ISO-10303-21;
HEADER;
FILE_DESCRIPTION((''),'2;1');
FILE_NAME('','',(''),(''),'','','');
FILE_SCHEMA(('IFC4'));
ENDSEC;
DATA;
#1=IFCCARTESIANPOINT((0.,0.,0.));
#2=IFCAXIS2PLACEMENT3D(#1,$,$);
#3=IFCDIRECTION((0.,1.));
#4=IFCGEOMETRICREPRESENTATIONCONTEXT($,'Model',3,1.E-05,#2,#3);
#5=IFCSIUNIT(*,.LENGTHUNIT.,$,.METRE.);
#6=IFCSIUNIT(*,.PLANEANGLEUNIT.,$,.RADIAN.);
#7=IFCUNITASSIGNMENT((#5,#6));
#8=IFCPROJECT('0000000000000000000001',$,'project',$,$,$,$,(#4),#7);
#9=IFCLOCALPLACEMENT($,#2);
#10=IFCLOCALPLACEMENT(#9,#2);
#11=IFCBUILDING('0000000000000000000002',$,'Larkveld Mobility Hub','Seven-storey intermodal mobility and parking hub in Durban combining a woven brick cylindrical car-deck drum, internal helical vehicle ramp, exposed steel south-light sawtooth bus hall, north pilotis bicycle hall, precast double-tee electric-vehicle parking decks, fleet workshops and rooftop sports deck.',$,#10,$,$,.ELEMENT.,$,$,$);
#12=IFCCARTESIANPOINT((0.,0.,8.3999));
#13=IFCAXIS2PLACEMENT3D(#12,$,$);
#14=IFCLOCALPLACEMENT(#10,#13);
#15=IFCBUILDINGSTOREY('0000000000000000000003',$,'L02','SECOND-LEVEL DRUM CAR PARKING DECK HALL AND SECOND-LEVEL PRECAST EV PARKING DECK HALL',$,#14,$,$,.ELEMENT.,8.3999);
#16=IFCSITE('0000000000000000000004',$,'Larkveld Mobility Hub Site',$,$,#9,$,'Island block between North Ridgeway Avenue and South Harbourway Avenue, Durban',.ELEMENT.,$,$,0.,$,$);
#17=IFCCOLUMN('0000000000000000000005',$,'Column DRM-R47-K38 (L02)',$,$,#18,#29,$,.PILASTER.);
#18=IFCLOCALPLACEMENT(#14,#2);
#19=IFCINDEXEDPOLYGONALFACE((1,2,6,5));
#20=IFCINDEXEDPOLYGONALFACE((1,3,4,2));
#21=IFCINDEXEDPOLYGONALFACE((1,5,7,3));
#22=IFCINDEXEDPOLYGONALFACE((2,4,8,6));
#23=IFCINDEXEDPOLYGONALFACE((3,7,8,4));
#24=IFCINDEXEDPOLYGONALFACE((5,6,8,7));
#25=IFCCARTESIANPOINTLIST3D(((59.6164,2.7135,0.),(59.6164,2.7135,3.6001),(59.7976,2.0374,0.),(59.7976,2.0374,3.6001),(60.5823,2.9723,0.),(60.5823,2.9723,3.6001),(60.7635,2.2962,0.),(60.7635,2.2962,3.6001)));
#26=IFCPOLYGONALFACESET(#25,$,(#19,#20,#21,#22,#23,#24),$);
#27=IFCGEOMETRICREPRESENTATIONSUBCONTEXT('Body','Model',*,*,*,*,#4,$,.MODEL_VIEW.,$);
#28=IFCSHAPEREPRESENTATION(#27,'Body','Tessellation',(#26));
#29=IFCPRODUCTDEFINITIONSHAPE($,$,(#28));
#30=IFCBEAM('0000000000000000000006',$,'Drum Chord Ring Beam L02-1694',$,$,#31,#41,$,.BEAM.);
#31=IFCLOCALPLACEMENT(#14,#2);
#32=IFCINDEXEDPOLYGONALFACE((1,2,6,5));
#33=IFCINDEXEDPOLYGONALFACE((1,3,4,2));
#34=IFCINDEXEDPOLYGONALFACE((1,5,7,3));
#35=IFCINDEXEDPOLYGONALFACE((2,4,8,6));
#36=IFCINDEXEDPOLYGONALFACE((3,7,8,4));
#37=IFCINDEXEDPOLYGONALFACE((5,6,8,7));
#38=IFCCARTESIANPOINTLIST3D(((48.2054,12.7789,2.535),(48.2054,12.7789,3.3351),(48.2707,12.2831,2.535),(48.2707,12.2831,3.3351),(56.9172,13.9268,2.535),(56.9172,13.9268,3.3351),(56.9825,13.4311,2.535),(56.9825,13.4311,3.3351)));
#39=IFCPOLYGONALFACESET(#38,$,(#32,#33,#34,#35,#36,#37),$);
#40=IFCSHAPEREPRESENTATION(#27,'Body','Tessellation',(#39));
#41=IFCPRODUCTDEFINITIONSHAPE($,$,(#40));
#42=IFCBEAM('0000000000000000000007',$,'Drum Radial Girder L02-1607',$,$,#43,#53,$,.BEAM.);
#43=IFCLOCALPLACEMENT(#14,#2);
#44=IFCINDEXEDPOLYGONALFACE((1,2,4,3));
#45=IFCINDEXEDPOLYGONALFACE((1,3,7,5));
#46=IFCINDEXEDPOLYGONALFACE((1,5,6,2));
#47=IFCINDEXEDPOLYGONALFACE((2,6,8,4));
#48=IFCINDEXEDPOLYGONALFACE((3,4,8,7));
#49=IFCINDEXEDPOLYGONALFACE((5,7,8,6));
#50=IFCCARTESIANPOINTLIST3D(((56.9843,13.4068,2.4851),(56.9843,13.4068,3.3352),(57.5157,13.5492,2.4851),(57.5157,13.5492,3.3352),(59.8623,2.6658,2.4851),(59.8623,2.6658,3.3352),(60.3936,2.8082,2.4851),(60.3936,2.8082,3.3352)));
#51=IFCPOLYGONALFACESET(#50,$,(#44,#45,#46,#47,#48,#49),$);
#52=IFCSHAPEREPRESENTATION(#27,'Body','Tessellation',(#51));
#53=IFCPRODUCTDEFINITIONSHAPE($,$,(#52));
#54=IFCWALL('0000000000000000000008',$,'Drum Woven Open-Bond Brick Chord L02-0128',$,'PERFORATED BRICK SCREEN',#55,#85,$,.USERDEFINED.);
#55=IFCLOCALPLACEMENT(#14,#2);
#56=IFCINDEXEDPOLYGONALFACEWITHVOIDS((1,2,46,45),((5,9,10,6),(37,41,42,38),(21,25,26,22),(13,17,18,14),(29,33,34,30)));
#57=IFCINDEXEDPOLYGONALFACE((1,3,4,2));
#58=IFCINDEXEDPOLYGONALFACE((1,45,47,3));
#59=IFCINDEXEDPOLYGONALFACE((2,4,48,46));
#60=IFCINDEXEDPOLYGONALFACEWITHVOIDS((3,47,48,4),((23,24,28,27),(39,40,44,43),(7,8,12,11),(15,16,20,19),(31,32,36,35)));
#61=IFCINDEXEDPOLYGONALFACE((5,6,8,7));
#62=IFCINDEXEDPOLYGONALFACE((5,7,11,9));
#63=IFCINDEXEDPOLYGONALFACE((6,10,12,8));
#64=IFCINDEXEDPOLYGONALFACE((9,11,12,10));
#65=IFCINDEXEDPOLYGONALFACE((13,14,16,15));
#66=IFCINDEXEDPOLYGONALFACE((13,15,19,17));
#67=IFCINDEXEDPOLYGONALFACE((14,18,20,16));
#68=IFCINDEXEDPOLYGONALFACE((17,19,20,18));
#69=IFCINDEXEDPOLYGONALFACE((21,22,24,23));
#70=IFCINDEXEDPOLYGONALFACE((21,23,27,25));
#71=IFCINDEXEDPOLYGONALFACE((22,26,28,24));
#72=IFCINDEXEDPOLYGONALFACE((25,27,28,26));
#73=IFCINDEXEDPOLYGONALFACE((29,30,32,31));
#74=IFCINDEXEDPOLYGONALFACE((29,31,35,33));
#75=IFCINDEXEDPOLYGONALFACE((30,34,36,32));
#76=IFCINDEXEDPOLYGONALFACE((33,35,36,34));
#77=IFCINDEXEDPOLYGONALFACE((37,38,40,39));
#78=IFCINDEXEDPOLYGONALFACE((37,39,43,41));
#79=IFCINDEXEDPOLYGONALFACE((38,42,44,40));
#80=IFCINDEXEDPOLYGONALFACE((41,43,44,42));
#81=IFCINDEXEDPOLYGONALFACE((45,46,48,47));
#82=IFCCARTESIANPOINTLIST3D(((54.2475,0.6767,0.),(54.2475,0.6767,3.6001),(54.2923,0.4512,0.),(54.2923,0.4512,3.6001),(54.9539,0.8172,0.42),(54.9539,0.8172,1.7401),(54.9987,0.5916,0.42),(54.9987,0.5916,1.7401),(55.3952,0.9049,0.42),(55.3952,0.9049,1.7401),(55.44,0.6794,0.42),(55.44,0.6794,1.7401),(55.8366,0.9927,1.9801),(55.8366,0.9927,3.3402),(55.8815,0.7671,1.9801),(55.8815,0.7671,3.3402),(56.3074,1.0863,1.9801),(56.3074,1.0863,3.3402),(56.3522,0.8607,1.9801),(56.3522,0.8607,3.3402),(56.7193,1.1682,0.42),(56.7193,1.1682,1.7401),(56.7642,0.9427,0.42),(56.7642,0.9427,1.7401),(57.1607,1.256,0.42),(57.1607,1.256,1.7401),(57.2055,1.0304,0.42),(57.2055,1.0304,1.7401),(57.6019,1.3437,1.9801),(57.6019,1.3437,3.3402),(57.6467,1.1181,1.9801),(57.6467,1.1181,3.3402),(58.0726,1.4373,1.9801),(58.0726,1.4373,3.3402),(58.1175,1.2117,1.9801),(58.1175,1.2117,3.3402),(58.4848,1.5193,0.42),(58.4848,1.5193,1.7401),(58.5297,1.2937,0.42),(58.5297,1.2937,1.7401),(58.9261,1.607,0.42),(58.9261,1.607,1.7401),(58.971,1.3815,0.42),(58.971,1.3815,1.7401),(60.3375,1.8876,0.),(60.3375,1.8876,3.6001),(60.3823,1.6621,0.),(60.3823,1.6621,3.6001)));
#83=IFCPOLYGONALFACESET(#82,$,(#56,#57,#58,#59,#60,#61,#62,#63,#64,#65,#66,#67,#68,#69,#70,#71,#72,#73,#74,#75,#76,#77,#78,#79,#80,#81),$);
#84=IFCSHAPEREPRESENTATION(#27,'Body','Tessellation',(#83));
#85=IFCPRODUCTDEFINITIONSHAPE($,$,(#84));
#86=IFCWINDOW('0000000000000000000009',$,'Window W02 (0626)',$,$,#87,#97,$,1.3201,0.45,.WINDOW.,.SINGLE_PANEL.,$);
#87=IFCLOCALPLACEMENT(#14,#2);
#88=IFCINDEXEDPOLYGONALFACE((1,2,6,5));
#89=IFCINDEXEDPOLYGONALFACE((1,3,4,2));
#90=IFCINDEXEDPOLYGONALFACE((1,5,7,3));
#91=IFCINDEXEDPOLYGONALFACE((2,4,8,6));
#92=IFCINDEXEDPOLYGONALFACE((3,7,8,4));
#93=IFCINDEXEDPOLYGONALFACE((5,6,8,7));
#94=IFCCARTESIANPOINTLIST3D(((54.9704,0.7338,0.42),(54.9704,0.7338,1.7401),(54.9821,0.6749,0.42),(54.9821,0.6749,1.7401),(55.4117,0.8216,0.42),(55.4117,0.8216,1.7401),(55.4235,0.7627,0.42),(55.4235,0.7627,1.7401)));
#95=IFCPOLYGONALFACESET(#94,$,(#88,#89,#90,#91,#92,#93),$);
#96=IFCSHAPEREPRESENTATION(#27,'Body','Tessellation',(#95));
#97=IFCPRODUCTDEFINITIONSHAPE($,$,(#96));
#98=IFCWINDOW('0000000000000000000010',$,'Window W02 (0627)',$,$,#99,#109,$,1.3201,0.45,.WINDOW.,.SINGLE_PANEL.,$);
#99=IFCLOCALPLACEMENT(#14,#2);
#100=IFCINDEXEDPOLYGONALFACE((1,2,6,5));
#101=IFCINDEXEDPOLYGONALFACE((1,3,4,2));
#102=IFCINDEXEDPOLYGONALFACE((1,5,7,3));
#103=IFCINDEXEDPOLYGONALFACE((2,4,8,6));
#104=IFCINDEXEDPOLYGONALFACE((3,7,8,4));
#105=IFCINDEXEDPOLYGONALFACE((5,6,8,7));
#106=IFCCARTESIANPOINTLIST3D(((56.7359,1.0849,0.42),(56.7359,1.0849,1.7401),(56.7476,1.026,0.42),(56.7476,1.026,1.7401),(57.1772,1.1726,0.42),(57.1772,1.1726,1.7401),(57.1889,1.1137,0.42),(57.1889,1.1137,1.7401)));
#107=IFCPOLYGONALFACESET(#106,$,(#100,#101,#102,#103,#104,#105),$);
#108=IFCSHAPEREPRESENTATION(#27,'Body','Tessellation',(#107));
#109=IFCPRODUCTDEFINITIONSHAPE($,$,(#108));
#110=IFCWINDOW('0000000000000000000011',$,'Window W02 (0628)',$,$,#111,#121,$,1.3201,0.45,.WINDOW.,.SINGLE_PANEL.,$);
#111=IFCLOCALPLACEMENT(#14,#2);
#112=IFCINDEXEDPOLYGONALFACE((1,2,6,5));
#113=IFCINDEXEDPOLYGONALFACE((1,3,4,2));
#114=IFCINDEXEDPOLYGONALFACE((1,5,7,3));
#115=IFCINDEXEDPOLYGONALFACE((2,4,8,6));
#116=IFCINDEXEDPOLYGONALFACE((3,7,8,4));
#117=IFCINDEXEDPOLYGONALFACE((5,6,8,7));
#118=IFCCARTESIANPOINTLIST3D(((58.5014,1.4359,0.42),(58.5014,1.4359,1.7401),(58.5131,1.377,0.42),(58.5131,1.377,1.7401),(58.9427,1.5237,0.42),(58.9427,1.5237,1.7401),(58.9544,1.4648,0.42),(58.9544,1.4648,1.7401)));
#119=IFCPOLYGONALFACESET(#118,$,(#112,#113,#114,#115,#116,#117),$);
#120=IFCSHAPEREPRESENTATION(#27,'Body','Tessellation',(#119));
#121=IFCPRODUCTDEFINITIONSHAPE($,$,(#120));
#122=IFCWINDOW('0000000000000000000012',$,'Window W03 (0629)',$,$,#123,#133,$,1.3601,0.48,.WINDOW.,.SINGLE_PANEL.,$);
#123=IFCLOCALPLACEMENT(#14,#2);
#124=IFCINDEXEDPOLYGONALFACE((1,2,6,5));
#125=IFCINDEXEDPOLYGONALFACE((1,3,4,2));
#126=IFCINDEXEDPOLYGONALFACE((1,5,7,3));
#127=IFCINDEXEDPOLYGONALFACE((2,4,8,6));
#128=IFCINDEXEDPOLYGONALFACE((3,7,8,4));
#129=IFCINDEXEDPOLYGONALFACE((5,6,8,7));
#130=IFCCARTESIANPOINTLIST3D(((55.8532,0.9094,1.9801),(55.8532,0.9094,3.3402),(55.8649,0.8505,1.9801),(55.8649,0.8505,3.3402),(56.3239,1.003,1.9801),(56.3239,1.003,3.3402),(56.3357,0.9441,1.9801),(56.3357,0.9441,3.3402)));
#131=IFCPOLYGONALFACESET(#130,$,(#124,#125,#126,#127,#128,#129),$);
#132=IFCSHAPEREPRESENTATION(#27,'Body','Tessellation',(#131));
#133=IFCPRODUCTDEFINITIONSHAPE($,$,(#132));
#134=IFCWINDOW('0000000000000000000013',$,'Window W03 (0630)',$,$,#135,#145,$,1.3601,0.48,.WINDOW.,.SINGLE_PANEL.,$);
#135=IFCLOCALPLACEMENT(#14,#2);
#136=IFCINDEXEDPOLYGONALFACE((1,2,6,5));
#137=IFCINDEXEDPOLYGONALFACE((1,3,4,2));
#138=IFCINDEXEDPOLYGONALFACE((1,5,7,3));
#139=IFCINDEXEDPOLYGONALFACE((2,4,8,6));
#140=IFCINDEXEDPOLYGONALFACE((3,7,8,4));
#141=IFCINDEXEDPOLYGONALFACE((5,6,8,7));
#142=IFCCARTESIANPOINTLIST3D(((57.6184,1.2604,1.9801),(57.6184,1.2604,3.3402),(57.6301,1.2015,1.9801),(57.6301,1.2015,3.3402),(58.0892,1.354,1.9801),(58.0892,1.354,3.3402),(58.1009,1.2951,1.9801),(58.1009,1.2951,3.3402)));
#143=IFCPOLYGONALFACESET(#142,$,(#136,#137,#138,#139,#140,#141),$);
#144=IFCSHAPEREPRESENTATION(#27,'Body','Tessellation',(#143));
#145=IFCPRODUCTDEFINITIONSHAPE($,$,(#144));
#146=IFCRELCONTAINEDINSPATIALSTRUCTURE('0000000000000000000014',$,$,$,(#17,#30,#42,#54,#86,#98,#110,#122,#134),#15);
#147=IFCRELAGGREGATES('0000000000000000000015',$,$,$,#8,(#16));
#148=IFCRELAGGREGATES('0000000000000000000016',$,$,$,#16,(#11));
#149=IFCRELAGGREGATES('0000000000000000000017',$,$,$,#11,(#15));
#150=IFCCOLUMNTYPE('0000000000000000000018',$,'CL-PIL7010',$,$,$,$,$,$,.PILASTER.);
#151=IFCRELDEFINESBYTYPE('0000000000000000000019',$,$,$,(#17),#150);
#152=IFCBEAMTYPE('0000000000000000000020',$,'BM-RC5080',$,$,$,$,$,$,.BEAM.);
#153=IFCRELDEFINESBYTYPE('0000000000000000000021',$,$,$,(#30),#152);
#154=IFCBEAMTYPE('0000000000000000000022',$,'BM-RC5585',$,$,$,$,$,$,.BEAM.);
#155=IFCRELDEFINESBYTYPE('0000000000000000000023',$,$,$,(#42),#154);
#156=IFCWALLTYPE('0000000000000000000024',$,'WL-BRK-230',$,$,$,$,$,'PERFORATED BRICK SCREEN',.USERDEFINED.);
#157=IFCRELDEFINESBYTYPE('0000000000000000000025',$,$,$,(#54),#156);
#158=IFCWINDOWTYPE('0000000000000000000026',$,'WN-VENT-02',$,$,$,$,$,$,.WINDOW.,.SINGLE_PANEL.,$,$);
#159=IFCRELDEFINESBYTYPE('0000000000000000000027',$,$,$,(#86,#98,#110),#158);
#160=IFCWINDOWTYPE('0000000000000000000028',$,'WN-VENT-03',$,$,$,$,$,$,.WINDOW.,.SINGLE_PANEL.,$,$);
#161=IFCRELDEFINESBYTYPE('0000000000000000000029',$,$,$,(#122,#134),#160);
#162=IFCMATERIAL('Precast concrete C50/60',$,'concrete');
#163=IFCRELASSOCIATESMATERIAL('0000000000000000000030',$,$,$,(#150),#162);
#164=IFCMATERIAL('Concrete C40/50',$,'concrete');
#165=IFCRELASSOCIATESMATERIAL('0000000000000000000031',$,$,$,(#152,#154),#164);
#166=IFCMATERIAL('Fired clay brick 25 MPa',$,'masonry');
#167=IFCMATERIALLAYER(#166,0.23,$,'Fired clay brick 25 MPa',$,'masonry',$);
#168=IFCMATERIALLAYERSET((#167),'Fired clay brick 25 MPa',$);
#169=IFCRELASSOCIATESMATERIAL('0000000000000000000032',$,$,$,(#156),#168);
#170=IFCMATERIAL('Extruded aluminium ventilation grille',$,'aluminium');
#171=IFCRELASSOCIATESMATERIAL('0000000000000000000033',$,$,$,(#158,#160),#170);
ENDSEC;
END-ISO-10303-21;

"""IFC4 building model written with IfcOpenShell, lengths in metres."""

from ifc_helpers import new_model, si_unit, direction, frame, frame_2d, origin, origin_2d, place, context, subcontext, project, spatial, rectangle, extrude, material, layer, layer_set, material_profile, profile_set, type_object, element, fill, save


model = new_model("IFC4")

# Units and contexts
model_context = context("Model", 3, precision=1e-05, world=origin(), true_north=direction((0.0, 1.0)))
body_context = subcontext(model_context, "Body", "Model", "MODEL_VIEW")
ifc_project = project(units=[si_unit("LENGTHUNIT", "METRE"), si_unit("PLANEANGLEUNIT", "RADIAN")], contexts=[model_context])

# Site, building, storey
site_placement = place(None, origin())
site = spatial("IfcSite", under=ifc_project, at=site_placement, Name="Larkveld Mobility Hub Site", LongName="Island block between North Ridgeway Avenue and South Harbourway Avenue, Durban", CompositionType="ELEMENT", RefElevation=0.0)
building_placement = place(site_placement, origin())
building = spatial("IfcBuilding", under=site, at=building_placement, Name="Larkveld Mobility Hub", Description="Seven-storey intermodal mobility and parking hub in Durban combining a woven brick cylindrical car-deck drum, internal helical vehicle ramp, exposed steel south-light sawtooth bus hall, north pilotis bicycle hall, precast double-tee electric-vehicle parking decks, fleet workshops and rooftop sports deck.", CompositionType="ELEMENT")
storey_placement = place(building_placement, frame((0.0, 0.0, 8.3999)))
storey = spatial("IfcBuildingStorey", under=building, at=storey_placement, Name="L02", Description="SECOND-LEVEL DRUM CAR PARKING DECK HALL AND SECOND-LEVEL PRECAST EV PARKING DECK HALL", CompositionType="ELEMENT", Elevation=8.3999)

# Column
ifc_material_1 = material(Name="Precast concrete C50/60", Category="concrete")
ifc_material_profile_1 = material_profile(ifc_material_1, rectangle(XDim=0.7, YDim=1.0, at=origin_2d()), Name="PC PIL 700x1000")
ifc_profile_set_1 = profile_set([ifc_material_profile_1], Name="Precast concrete C50/60")
column_type = type_object("IfcColumnType", Name="CL-PIL7010", PredefinedType="PILASTER", material=ifc_profile_set_1)
column_placement = place(storey_placement, frame((60.1899, 2.5049, 0.0), z_axis=(0.0, 0.0, 1.0), x_axis=(-0.258819, 0.965926, 0.0)))
element("IfcColumn", 1, at=column_placement, inside=storey, type_object=column_type, Name="Column DRM-R47-K38 (L02)", PredefinedType="PILASTER", context=body_context, shape_type="SweptSolid", body=[
    extrude(rectangle(XDim=0.7, YDim=1.0, at=origin_2d()), origin(), (0.0, 0.0, 1.0), 3.6001),
])

# Beams
ifc_material_2 = material(Name="Concrete C40/50", Category="concrete")
ifc_material_profile_2 = material_profile(ifc_material_2, rectangle(XDim=0.5, YDim=0.8, at=origin_2d()), Name="RC BM 500x800")
ifc_profile_set_2 = profile_set([ifc_material_profile_2], Name="Concrete C40/50")
beam_type_1 = type_object("IfcBeamType", Name="BM-RC5080", PredefinedType="BEAM", material=ifc_profile_set_2)
beam_1_placement = place(storey_placement, frame((48.238, 12.531, 2.9351), z_axis=(0.99143, 0.130638, 0.0), x_axis=(-0.130638, 0.99143, 0.0)))
element("IfcBeam", 2, at=beam_1_placement, inside=storey, type_object=beam_type_1, Name="Drum Chord Ring Beam L02-1694", PredefinedType="BEAM", context=body_context, shape_type="SweptSolid", body=[
    extrude(rectangle(XDim=0.5, YDim=0.8, at=origin_2d()), origin(), (0.0, 0.0, 1.0), 8.7871),
])
ifc_material_profile_3 = material_profile(ifc_material_2, rectangle(XDim=0.55, YDim=0.8501, at=origin_2d()), Name="RC BM 550x850")
ifc_profile_set_3 = profile_set([ifc_material_profile_3], Name="Concrete C40/50")
beam_type_2 = type_object("IfcBeamType", Name="BM-RC5585", PredefinedType="BEAM", material=ifc_profile_set_3)
beam_2_placement = place(storey_placement, frame((57.25, 13.478, 2.9102), z_axis=(0.25881, -0.965928, 0.0), x_axis=(0.965928, 0.25881, 0.0)))
element("IfcBeam", 3, at=beam_2_placement, inside=storey, type_object=beam_type_2, Name="Drum Radial Girder L02-1607", PredefinedType="BEAM", context=body_context, shape_type="SweptSolid", body=[
    extrude(rectangle(XDim=0.55, YDim=0.8501, at=origin_2d()), origin(), (0.0, 0.0, 1.0), 11.1199),
])

# Wall, openings, windows
ifc_material_3 = material(Name="Fired clay brick 25 MPa", Category="masonry")
ifc_layer_1 = layer(ifc_material_3, 0.23, Name="Fired clay brick 25 MPa", Category="masonry")
ifc_layer_set_1 = layer_set([ifc_layer_1], Name="Fired clay brick 25 MPa")
wall_type_1 = type_object("IfcWallType", Name="WL-BRK-230", ElementType="PERFORATED BRICK SCREEN", PredefinedType="USERDEFINED", material=ifc_layer_set_1)
wall_1_placement = place(storey_placement, frame((54.27, 0.564, 0.0), z_axis=(0.0, 0.0, 1.0), x_axis=(0.980799, 0.19502, 0.0)))
wall_1 = element("IfcWall", 4, at=wall_1_placement, inside=storey, type_object=wall_type_1, Name="Drum Woven Open-Bond Brick Chord L02-0128", ObjectType="PERFORATED BRICK SCREEN", PredefinedType="USERDEFINED", context=body_context, shape_type="SweptSolid", body=[
    extrude(rectangle(XDim=6.2092, YDim=0.23, at=frame_2d((3.1045, 0.0))), origin(), (0.0, 0.0, 1.0), 3.6001),
])
opening_1_placement = place(wall_1_placement, frame((0.72, 0.0, 0.4199)))
opening_1 = element("IfcOpeningElement", 5, at=opening_1_placement, cuts=wall_1, PredefinedType="OPENING", context=body_context, shape_type="SweptSolid", body=[
    extrude(rectangle(XDim=0.45, YDim=1.3201, at=frame_2d((0.2251, 0.6602))), frame((0.0, 0.125, 0.0), z_axis=(0.0, -1.0, 0.0), x_axis=(1.0, 0.0, 0.0)), (0.0, 0.0, 1.0), 0.25),
])
opening_2_placement = place(wall_1_placement, frame((2.52, 0.0, 0.4199)))
opening_2 = element("IfcOpeningElement", 6, at=opening_2_placement, cuts=wall_1, PredefinedType="OPENING", context=body_context, shape_type="SweptSolid", body=[
    extrude(rectangle(XDim=0.45, YDim=1.3201, at=frame_2d((0.2251, 0.6602))), frame((0.0, 0.125, 0.0), z_axis=(0.0, -1.0, 0.0), x_axis=(1.0, 0.0, 0.0)), (0.0, 0.0, 1.0), 0.25),
])
opening_3_placement = place(wall_1_placement, frame((4.3201, 0.0, 0.4199)))
opening_3 = element("IfcOpeningElement", 7, at=opening_3_placement, cuts=wall_1, PredefinedType="OPENING", context=body_context, shape_type="SweptSolid", body=[
    extrude(rectangle(XDim=0.45, YDim=1.3201, at=frame_2d((0.2251, 0.6602))), frame((0.0, 0.125, 0.0), z_axis=(0.0, -1.0, 0.0), x_axis=(1.0, 0.0, 0.0)), (0.0, 0.0, 1.0), 0.25),
])
opening_4_placement = place(wall_1_placement, frame((1.6201, 0.0, 1.98)))
opening_4 = element("IfcOpeningElement", 8, at=opening_4_placement, cuts=wall_1, PredefinedType="OPENING", context=body_context, shape_type="SweptSolid", body=[
    extrude(rectangle(XDim=0.48, YDim=1.3601, at=frame_2d((0.24, 0.6802))), frame((0.0, 0.125, 0.0), z_axis=(0.0, -1.0, 0.0), x_axis=(1.0, 0.0, 0.0)), (0.0, 0.0, 1.0), 0.25),
])
opening_5_placement = place(wall_1_placement, frame((3.4199, 0.0, 1.98)))
opening_5 = element("IfcOpeningElement", 9, at=opening_5_placement, cuts=wall_1, PredefinedType="OPENING", context=body_context, shape_type="SweptSolid", body=[
    extrude(rectangle(XDim=0.48, YDim=1.3601, at=frame_2d((0.24, 0.6802))), frame((0.0, 0.125, 0.0), z_axis=(0.0, -1.0, 0.0), x_axis=(1.0, 0.0, 0.0)), (0.0, 0.0, 1.0), 0.25),
])
ifc_material_4 = material(Name="Extruded aluminium ventilation grille", Category="aluminium")
window_type_1 = type_object("IfcWindowType", Name="WN-VENT-02", PartitioningType="SINGLE_PANEL", PredefinedType="WINDOW", material=ifc_material_4)
window_1_placement = place(opening_1_placement, origin())
window_1 = element("IfcWindow", 10, at=window_1_placement, inside=storey, type_object=window_type_1, Name="Window W02 (0626)", OverallHeight=1.3201, OverallWidth=0.45, PartitioningType="SINGLE_PANEL", PredefinedType="WINDOW", context=body_context, shape_type="SweptSolid", body=[
    extrude(rectangle(XDim=0.45, YDim=1.3201, at=frame_2d((0.2251, 0.6602))), frame((0.0, 0.03, 0.0), z_axis=(0.0, -1.0, 0.0), x_axis=(1.0, 0.0, 0.0)), (0.0, 0.0, 1.0), 0.0601),
])
fill(opening_1, window_1)
window_2_placement = place(opening_2_placement, origin())
window_2 = element("IfcWindow", 11, at=window_2_placement, inside=storey, type_object=window_type_1, Name="Window W02 (0627)", OverallHeight=1.3201, OverallWidth=0.45, PartitioningType="SINGLE_PANEL", PredefinedType="WINDOW", context=body_context, shape_type="SweptSolid", body=[
    extrude(rectangle(XDim=0.45, YDim=1.3201, at=frame_2d((0.2251, 0.6602))), frame((0.0, 0.03, 0.0), z_axis=(0.0, -1.0, 0.0), x_axis=(1.0, 0.0, 0.0)), (0.0, 0.0, 1.0), 0.0601),
])
fill(opening_2, window_2)
window_3_placement = place(opening_3_placement, origin())
window_3 = element("IfcWindow", 12, at=window_3_placement, inside=storey, type_object=window_type_1, Name="Window W02 (0628)", OverallHeight=1.3201, OverallWidth=0.45, PartitioningType="SINGLE_PANEL", PredefinedType="WINDOW", context=body_context, shape_type="SweptSolid", body=[
    extrude(rectangle(XDim=0.45, YDim=1.3201, at=frame_2d((0.2251, 0.6602))), frame((0.0, 0.03, 0.0), z_axis=(0.0, -1.0, 0.0), x_axis=(1.0, 0.0, 0.0)), (0.0, 0.0, 1.0), 0.0601),
])
fill(opening_3, window_3)
window_type_2 = type_object("IfcWindowType", Name="WN-VENT-03", PartitioningType="SINGLE_PANEL", PredefinedType="WINDOW", material=ifc_material_4)
window_4_placement = place(opening_4_placement, origin())
window_4 = element("IfcWindow", 13, at=window_4_placement, inside=storey, type_object=window_type_2, Name="Window W03 (0629)", OverallHeight=1.3601, OverallWidth=0.48, PartitioningType="SINGLE_PANEL", PredefinedType="WINDOW", context=body_context, shape_type="SweptSolid", body=[
    extrude(rectangle(XDim=0.48, YDim=1.3601, at=frame_2d((0.24, 0.6802))), frame((0.0, 0.03, 0.0), z_axis=(0.0, -1.0, 0.0), x_axis=(1.0, 0.0, 0.0)), (0.0, 0.0, 1.0), 0.0601),
])
fill(opening_4, window_4)
window_5_placement = place(opening_5_placement, origin())
window_5 = element("IfcWindow", 14, at=window_5_placement, inside=storey, type_object=window_type_2, Name="Window W03 (0630)", OverallHeight=1.3601, OverallWidth=0.48, PartitioningType="SINGLE_PANEL", PredefinedType="WINDOW", context=body_context, shape_type="SweptSolid", body=[
    extrude(rectangle(XDim=0.48, YDim=1.3601, at=frame_2d((0.24, 0.6802))), frame((0.0, 0.03, 0.0), z_axis=(0.0, -1.0, 0.0), x_axis=(1.0, 0.0, 0.0)), (0.0, 0.0, 1.0), 0.0601),
])
fill(opening_5, window_5)

save(model, "model.ifc")
